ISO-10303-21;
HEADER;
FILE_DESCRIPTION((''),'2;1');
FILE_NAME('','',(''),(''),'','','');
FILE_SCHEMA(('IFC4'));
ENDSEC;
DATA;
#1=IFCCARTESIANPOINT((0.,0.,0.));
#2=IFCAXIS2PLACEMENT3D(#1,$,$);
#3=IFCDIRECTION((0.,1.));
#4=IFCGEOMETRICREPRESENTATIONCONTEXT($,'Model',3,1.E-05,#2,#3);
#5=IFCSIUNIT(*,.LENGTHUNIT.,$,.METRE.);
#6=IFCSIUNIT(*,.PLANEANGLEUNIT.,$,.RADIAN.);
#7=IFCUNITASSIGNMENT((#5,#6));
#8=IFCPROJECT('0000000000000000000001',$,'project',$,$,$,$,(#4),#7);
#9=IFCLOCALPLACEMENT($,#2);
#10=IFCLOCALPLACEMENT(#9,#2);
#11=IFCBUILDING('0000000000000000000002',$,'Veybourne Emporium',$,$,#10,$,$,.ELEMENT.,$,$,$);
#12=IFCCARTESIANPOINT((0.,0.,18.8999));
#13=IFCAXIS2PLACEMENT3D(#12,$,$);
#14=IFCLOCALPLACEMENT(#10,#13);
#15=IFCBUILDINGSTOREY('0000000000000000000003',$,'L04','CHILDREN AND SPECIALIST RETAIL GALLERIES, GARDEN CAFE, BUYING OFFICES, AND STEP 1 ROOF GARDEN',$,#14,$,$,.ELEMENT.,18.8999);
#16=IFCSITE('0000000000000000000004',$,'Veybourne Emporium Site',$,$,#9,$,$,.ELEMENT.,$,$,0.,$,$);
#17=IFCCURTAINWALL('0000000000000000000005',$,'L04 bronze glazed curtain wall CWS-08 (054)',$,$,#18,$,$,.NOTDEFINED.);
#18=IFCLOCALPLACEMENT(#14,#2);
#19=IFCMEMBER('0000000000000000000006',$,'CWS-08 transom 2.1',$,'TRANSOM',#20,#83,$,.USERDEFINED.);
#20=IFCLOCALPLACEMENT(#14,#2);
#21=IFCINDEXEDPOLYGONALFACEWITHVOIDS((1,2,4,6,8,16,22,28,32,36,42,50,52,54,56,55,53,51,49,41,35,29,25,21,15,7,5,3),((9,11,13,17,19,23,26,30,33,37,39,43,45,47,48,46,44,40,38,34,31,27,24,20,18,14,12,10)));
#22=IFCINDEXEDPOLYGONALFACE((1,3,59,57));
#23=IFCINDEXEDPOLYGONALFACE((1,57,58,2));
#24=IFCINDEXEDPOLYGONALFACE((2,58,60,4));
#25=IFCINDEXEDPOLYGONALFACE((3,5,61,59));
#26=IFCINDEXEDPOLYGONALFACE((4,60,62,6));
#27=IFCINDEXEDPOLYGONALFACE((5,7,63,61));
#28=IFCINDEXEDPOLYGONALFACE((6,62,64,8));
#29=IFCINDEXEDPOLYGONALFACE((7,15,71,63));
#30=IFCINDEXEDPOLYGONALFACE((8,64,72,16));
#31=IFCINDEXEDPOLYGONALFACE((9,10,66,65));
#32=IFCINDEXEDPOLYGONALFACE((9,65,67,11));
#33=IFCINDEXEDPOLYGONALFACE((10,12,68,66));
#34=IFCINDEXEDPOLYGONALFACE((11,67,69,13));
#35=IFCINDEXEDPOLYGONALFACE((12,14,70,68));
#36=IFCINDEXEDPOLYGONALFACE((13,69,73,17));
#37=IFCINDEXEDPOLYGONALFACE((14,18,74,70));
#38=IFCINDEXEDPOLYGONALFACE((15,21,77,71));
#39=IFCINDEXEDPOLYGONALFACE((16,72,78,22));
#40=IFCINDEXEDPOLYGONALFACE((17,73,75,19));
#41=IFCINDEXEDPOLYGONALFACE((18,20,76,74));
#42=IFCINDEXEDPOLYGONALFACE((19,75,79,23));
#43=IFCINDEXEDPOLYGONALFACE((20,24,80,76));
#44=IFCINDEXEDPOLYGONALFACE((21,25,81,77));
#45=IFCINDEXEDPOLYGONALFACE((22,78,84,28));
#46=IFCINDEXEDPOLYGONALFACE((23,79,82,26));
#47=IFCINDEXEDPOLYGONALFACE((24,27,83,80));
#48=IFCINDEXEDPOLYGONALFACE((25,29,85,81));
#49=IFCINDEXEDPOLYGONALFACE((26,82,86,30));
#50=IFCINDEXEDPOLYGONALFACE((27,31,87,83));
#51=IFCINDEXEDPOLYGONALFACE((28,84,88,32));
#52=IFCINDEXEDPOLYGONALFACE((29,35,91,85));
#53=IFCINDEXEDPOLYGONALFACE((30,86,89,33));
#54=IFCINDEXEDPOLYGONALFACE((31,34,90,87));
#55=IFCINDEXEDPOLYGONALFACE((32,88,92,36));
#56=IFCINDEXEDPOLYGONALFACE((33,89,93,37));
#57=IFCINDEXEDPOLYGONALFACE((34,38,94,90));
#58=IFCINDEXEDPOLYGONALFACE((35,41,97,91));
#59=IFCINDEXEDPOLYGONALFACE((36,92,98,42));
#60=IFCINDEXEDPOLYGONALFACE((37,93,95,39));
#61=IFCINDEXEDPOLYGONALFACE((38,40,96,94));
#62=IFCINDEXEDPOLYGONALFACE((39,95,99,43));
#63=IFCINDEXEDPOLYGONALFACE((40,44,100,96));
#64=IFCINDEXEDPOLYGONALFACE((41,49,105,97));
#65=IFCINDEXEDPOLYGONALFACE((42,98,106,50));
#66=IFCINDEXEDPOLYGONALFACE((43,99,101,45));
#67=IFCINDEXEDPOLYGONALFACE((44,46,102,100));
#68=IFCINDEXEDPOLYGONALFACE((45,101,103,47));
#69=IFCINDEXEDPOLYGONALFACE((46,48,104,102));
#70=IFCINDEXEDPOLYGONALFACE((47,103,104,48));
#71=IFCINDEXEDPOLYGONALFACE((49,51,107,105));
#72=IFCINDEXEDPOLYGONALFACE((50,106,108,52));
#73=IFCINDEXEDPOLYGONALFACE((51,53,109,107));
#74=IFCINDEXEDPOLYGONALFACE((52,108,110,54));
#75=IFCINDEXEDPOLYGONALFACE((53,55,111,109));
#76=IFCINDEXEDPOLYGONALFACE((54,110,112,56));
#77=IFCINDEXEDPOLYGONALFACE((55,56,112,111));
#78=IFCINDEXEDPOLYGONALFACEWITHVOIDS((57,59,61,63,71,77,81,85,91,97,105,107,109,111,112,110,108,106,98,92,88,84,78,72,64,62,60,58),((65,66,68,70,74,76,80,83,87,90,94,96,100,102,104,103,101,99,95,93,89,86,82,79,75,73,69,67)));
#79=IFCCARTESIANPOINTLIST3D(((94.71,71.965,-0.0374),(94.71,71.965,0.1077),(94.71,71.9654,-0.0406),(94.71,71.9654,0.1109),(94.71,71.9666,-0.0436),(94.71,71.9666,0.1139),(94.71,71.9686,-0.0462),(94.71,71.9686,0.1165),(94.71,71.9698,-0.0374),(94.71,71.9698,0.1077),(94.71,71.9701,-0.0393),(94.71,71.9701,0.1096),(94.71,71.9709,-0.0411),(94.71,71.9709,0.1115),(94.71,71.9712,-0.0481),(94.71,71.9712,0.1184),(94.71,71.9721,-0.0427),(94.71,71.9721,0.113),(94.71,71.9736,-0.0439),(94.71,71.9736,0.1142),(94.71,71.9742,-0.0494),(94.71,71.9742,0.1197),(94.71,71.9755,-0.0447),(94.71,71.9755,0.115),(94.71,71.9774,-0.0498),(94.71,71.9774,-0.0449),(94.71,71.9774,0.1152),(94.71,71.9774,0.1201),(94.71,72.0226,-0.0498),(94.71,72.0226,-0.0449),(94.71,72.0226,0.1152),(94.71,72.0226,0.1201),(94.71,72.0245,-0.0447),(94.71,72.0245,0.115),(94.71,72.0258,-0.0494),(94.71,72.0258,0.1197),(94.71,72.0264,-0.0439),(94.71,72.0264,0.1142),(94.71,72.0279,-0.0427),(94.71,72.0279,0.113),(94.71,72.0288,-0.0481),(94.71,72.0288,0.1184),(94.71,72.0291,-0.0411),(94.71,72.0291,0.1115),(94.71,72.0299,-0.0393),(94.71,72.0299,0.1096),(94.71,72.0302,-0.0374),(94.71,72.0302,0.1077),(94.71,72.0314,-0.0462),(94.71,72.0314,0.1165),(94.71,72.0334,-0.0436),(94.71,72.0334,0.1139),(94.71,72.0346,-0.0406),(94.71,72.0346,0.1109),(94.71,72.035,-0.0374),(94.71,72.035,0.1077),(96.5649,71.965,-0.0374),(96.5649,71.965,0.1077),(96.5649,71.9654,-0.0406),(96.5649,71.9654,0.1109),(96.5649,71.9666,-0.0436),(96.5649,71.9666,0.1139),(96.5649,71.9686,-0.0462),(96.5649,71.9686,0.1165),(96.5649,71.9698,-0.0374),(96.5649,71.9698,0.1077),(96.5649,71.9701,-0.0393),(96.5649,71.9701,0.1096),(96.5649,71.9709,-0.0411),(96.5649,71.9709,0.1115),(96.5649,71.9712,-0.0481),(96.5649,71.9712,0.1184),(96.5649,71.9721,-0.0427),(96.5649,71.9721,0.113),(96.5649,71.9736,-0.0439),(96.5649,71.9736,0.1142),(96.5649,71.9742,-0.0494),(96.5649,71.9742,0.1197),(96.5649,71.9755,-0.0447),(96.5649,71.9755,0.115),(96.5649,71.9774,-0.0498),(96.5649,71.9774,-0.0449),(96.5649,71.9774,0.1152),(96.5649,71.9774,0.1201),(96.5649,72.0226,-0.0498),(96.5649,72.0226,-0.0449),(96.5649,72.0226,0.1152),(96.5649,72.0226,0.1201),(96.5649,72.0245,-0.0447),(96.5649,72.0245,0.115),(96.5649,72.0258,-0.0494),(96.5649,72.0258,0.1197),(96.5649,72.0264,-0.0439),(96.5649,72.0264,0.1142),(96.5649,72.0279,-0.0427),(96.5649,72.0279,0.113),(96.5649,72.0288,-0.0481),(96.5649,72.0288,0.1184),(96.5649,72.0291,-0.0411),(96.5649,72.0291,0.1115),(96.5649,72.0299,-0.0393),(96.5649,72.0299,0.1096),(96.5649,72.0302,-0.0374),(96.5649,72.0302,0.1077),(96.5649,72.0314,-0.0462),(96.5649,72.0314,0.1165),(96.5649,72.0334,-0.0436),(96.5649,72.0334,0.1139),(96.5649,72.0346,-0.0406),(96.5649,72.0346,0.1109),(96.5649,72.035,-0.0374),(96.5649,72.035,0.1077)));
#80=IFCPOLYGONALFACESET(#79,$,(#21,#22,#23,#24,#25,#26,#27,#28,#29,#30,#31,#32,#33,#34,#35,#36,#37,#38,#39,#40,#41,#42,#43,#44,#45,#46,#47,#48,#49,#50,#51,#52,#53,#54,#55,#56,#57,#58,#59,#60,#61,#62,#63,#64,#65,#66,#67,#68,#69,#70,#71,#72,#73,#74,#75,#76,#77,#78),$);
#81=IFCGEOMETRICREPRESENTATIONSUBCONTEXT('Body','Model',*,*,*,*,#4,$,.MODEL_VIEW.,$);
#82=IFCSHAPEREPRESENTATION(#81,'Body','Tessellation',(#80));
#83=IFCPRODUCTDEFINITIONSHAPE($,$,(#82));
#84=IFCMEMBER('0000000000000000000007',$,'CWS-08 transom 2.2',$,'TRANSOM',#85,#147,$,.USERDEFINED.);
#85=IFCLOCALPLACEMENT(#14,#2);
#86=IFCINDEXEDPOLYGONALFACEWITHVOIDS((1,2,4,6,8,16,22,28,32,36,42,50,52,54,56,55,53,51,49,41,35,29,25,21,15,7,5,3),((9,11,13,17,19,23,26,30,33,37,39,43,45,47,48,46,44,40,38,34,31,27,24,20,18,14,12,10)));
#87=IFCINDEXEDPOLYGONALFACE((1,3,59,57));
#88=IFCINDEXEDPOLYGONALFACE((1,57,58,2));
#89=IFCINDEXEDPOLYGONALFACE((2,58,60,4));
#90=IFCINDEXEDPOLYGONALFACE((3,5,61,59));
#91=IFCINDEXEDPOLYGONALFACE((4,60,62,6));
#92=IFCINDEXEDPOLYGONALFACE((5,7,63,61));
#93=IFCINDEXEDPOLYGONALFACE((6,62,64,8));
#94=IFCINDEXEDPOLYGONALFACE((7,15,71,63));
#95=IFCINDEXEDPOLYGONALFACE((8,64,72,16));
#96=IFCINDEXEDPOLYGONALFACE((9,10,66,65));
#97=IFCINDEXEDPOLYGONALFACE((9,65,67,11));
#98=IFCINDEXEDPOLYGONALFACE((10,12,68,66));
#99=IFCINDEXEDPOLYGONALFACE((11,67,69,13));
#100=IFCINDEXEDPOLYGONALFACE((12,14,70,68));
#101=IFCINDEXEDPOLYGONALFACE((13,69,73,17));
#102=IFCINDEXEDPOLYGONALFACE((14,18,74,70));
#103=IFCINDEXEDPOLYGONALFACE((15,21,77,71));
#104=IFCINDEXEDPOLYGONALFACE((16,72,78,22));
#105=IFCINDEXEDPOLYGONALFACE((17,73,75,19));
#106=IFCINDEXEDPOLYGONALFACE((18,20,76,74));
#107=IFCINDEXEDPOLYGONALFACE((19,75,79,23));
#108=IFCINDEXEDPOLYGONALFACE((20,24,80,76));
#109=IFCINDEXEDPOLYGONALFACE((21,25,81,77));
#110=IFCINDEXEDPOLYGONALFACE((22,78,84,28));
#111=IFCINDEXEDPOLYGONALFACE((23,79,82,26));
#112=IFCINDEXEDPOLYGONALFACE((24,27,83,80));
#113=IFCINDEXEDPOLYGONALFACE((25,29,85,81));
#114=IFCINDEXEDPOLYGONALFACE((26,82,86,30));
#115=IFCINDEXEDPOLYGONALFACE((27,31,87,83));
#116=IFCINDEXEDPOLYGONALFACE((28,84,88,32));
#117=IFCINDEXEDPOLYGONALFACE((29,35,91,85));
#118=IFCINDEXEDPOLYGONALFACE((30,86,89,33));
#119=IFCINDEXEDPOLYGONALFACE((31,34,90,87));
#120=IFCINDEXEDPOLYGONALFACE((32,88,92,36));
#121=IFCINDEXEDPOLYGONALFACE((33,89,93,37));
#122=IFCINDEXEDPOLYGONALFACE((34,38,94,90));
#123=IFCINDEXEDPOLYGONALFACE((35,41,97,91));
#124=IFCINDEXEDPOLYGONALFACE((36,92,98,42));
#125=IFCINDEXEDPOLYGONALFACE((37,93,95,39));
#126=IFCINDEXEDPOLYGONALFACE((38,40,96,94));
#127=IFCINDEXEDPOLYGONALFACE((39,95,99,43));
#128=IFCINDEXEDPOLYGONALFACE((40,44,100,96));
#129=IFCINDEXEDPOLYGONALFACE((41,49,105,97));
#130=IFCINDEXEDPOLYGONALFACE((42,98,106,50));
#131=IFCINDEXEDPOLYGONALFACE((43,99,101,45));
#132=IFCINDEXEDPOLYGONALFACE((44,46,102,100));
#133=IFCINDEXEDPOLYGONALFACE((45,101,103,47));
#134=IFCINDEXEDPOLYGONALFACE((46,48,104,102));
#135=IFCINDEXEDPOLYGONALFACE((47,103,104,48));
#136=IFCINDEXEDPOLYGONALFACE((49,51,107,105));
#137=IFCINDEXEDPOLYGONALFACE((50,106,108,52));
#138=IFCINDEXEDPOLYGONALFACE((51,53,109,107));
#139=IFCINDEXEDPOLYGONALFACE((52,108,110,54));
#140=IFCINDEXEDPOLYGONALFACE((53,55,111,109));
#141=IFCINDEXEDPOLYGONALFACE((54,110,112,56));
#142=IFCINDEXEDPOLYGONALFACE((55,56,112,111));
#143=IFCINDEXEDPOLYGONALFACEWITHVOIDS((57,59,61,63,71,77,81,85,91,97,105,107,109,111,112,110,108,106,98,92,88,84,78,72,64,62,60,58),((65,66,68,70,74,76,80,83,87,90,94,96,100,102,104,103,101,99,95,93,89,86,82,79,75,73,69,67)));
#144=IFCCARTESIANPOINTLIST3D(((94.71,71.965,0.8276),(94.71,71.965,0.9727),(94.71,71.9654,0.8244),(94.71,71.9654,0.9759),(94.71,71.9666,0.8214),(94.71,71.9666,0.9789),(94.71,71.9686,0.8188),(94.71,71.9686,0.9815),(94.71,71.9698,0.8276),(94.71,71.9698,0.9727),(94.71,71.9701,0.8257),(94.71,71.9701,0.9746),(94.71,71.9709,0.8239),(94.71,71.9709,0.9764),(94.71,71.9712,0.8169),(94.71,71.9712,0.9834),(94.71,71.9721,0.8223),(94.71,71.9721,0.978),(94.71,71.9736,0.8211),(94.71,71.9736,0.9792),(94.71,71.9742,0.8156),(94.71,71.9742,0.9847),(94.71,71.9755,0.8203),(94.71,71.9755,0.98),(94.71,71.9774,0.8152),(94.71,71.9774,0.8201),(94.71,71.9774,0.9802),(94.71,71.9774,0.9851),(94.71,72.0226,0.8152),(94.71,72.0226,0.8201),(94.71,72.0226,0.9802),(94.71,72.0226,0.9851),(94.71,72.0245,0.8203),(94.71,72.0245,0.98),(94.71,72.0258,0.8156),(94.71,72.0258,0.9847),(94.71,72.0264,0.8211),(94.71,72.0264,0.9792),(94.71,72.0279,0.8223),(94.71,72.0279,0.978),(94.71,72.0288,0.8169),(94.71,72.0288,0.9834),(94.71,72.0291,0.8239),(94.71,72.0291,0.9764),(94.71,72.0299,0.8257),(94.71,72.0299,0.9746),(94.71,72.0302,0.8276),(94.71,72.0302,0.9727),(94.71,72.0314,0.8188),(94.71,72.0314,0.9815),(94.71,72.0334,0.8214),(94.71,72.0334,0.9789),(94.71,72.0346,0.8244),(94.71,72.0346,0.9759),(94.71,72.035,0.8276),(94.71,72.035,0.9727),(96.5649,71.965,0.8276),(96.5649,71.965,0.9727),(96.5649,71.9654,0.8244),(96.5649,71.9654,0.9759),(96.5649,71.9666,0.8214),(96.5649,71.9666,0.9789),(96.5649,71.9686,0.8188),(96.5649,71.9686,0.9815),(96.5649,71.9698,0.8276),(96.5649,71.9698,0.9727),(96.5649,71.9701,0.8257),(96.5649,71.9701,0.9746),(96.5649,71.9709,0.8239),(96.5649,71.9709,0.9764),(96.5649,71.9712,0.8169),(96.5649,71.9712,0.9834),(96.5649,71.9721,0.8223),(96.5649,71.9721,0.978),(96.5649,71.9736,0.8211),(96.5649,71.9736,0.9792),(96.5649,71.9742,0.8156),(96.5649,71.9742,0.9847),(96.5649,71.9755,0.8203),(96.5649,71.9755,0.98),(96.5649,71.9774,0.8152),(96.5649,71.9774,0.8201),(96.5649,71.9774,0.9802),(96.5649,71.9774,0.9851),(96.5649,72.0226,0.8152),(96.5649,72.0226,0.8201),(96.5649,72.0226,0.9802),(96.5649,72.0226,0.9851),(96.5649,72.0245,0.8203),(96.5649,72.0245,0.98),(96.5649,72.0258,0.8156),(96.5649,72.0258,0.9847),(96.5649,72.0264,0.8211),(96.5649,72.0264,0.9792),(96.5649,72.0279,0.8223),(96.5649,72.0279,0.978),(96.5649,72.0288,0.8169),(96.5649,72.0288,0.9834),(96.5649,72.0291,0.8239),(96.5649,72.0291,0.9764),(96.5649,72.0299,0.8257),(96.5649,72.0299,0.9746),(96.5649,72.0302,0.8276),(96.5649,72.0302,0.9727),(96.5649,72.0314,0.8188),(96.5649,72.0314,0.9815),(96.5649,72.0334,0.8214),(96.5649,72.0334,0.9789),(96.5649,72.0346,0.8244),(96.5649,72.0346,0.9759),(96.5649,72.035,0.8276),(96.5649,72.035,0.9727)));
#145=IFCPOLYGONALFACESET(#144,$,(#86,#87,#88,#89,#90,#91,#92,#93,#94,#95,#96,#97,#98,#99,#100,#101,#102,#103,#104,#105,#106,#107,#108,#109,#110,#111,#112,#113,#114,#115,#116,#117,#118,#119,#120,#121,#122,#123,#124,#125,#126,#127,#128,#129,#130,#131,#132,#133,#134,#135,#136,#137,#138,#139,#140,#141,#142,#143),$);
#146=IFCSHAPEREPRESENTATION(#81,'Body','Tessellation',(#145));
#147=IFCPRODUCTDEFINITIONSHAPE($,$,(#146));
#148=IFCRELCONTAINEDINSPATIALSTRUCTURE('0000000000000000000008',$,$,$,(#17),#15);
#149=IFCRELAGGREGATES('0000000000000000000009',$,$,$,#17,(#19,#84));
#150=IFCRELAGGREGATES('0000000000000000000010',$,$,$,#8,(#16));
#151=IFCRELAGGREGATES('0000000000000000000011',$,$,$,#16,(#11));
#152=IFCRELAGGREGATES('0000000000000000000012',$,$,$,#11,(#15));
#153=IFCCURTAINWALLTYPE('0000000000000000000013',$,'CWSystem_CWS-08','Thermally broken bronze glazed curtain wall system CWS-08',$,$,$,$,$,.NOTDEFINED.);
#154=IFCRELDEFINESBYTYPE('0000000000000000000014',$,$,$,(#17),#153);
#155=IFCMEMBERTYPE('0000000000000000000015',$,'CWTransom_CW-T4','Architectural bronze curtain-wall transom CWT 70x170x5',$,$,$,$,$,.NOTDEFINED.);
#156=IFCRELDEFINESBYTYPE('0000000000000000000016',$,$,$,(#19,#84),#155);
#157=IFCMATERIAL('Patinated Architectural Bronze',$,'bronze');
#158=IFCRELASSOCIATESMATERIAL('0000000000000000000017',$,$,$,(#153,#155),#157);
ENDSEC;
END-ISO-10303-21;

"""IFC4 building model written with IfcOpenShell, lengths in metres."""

from ifc_helpers import new_model, si_unit, direction, frame, origin, origin_2d, place, context, subcontext, project, spatial, hollow_rectangle, extrude, material, material_profile, profile_set, type_object, element, aggregate, save


model = new_model("IFC4")

# Units and contexts
model_context = context("Model", 3, precision=1e-05, world=origin(), true_north=direction((0.0, 1.0)))
body_context = subcontext(model_context, "Body", "Model", "MODEL_VIEW")
ifc_project = project(units=[si_unit("LENGTHUNIT", "METRE"), si_unit("PLANEANGLEUNIT", "RADIAN")], contexts=[model_context])

# Site, building, storey
site_placement = place(None, origin())
site = spatial("IfcSite", under=ifc_project, at=site_placement, Name="Veybourne Emporium Site", CompositionType="ELEMENT", RefElevation=0.0)
building_placement = place(site_placement, origin())
building = spatial("IfcBuilding", under=site, at=building_placement, Name="Veybourne Emporium", CompositionType="ELEMENT")
storey_placement = place(building_placement, frame((0.0, 0.0, 18.8999)))
storey = spatial("IfcBuildingStorey", under=building, at=storey_placement, Name="L04", Description="CHILDREN AND SPECIALIST RETAIL GALLERIES, GARDEN CAFE, BUYING OFFICES, AND STEP 1 ROOF GARDEN", CompositionType="ELEMENT", Elevation=18.8999)

# Curtain wall, members
ifc_material_1 = material(Name="Patinated Architectural Bronze", Category="bronze")
curtain_wall_type = type_object("IfcCurtainWallType", Name="CWSystem_CWS-08", Description="Thermally broken bronze glazed curtain wall system CWS-08", PredefinedType="NOTDEFINED", material=ifc_material_1)
curtain_wall_placement = place(storey_placement, origin())
curtain_wall = element("IfcCurtainWall", 1, at=curtain_wall_placement, inside=storey, type_object=curtain_wall_type, Name="L04 bronze glazed curtain wall CWS-08 (054)", PredefinedType="NOTDEFINED")
ifc_material_profile_1 = material_profile(ifc_material_1, hollow_rectangle(XDim=0.0701, YDim=0.1699, WallThickness=0.0049, InnerFilletRadius=0.0076, OuterFilletRadius=0.0125, at=origin_2d()), Name="CWT 70x170x5")
ifc_profile_set_1 = profile_set([ifc_material_profile_1], Name="Patinated Architectural Bronze")
member_type_1 = type_object("IfcMemberType", Name="CWTransom_CW-T4", Description="Architectural bronze curtain-wall transom CWT 70x170x5", PredefinedType="NOTDEFINED", material=ifc_profile_set_1)
member_1_placement = place(storey_placement, frame((94.71, 72.0, 0.0352), z_axis=(1.0, 0.0, 0.0), x_axis=(0.0, 1.0, 0.0)))
member_1 = element("IfcMember", 2, at=member_1_placement, type_object=member_type_1, Name="CWS-08 transom 2.1", ObjectType="TRANSOM", PredefinedType="USERDEFINED", context=body_context, shape_type="SweptSolid", body=[
    extrude(hollow_rectangle(XDim=0.0701, YDim=0.1699, WallThickness=0.0049, InnerFilletRadius=0.0076, OuterFilletRadius=0.0125, at=origin_2d()), origin(), (0.0, 0.0, 1.0), 1.855),
])
member_2_placement = place(storey_placement, frame((94.71, 72.0, 0.9001), z_axis=(1.0, 0.0, 0.0), x_axis=(0.0, 1.0, 0.0)))
member_2 = element("IfcMember", 3, at=member_2_placement, type_object=member_type_1, Name="CWS-08 transom 2.2", ObjectType="TRANSOM", PredefinedType="USERDEFINED", context=body_context, shape_type="SweptSolid", body=[
    extrude(hollow_rectangle(XDim=0.0701, YDim=0.1699, WallThickness=0.0049, InnerFilletRadius=0.0076, OuterFilletRadius=0.0125, at=origin_2d()), origin(), (0.0, 0.0, 1.0), 1.855),
])

aggregate(curtain_wall, [member_1, member_2])

save(model, "model.ifc")
